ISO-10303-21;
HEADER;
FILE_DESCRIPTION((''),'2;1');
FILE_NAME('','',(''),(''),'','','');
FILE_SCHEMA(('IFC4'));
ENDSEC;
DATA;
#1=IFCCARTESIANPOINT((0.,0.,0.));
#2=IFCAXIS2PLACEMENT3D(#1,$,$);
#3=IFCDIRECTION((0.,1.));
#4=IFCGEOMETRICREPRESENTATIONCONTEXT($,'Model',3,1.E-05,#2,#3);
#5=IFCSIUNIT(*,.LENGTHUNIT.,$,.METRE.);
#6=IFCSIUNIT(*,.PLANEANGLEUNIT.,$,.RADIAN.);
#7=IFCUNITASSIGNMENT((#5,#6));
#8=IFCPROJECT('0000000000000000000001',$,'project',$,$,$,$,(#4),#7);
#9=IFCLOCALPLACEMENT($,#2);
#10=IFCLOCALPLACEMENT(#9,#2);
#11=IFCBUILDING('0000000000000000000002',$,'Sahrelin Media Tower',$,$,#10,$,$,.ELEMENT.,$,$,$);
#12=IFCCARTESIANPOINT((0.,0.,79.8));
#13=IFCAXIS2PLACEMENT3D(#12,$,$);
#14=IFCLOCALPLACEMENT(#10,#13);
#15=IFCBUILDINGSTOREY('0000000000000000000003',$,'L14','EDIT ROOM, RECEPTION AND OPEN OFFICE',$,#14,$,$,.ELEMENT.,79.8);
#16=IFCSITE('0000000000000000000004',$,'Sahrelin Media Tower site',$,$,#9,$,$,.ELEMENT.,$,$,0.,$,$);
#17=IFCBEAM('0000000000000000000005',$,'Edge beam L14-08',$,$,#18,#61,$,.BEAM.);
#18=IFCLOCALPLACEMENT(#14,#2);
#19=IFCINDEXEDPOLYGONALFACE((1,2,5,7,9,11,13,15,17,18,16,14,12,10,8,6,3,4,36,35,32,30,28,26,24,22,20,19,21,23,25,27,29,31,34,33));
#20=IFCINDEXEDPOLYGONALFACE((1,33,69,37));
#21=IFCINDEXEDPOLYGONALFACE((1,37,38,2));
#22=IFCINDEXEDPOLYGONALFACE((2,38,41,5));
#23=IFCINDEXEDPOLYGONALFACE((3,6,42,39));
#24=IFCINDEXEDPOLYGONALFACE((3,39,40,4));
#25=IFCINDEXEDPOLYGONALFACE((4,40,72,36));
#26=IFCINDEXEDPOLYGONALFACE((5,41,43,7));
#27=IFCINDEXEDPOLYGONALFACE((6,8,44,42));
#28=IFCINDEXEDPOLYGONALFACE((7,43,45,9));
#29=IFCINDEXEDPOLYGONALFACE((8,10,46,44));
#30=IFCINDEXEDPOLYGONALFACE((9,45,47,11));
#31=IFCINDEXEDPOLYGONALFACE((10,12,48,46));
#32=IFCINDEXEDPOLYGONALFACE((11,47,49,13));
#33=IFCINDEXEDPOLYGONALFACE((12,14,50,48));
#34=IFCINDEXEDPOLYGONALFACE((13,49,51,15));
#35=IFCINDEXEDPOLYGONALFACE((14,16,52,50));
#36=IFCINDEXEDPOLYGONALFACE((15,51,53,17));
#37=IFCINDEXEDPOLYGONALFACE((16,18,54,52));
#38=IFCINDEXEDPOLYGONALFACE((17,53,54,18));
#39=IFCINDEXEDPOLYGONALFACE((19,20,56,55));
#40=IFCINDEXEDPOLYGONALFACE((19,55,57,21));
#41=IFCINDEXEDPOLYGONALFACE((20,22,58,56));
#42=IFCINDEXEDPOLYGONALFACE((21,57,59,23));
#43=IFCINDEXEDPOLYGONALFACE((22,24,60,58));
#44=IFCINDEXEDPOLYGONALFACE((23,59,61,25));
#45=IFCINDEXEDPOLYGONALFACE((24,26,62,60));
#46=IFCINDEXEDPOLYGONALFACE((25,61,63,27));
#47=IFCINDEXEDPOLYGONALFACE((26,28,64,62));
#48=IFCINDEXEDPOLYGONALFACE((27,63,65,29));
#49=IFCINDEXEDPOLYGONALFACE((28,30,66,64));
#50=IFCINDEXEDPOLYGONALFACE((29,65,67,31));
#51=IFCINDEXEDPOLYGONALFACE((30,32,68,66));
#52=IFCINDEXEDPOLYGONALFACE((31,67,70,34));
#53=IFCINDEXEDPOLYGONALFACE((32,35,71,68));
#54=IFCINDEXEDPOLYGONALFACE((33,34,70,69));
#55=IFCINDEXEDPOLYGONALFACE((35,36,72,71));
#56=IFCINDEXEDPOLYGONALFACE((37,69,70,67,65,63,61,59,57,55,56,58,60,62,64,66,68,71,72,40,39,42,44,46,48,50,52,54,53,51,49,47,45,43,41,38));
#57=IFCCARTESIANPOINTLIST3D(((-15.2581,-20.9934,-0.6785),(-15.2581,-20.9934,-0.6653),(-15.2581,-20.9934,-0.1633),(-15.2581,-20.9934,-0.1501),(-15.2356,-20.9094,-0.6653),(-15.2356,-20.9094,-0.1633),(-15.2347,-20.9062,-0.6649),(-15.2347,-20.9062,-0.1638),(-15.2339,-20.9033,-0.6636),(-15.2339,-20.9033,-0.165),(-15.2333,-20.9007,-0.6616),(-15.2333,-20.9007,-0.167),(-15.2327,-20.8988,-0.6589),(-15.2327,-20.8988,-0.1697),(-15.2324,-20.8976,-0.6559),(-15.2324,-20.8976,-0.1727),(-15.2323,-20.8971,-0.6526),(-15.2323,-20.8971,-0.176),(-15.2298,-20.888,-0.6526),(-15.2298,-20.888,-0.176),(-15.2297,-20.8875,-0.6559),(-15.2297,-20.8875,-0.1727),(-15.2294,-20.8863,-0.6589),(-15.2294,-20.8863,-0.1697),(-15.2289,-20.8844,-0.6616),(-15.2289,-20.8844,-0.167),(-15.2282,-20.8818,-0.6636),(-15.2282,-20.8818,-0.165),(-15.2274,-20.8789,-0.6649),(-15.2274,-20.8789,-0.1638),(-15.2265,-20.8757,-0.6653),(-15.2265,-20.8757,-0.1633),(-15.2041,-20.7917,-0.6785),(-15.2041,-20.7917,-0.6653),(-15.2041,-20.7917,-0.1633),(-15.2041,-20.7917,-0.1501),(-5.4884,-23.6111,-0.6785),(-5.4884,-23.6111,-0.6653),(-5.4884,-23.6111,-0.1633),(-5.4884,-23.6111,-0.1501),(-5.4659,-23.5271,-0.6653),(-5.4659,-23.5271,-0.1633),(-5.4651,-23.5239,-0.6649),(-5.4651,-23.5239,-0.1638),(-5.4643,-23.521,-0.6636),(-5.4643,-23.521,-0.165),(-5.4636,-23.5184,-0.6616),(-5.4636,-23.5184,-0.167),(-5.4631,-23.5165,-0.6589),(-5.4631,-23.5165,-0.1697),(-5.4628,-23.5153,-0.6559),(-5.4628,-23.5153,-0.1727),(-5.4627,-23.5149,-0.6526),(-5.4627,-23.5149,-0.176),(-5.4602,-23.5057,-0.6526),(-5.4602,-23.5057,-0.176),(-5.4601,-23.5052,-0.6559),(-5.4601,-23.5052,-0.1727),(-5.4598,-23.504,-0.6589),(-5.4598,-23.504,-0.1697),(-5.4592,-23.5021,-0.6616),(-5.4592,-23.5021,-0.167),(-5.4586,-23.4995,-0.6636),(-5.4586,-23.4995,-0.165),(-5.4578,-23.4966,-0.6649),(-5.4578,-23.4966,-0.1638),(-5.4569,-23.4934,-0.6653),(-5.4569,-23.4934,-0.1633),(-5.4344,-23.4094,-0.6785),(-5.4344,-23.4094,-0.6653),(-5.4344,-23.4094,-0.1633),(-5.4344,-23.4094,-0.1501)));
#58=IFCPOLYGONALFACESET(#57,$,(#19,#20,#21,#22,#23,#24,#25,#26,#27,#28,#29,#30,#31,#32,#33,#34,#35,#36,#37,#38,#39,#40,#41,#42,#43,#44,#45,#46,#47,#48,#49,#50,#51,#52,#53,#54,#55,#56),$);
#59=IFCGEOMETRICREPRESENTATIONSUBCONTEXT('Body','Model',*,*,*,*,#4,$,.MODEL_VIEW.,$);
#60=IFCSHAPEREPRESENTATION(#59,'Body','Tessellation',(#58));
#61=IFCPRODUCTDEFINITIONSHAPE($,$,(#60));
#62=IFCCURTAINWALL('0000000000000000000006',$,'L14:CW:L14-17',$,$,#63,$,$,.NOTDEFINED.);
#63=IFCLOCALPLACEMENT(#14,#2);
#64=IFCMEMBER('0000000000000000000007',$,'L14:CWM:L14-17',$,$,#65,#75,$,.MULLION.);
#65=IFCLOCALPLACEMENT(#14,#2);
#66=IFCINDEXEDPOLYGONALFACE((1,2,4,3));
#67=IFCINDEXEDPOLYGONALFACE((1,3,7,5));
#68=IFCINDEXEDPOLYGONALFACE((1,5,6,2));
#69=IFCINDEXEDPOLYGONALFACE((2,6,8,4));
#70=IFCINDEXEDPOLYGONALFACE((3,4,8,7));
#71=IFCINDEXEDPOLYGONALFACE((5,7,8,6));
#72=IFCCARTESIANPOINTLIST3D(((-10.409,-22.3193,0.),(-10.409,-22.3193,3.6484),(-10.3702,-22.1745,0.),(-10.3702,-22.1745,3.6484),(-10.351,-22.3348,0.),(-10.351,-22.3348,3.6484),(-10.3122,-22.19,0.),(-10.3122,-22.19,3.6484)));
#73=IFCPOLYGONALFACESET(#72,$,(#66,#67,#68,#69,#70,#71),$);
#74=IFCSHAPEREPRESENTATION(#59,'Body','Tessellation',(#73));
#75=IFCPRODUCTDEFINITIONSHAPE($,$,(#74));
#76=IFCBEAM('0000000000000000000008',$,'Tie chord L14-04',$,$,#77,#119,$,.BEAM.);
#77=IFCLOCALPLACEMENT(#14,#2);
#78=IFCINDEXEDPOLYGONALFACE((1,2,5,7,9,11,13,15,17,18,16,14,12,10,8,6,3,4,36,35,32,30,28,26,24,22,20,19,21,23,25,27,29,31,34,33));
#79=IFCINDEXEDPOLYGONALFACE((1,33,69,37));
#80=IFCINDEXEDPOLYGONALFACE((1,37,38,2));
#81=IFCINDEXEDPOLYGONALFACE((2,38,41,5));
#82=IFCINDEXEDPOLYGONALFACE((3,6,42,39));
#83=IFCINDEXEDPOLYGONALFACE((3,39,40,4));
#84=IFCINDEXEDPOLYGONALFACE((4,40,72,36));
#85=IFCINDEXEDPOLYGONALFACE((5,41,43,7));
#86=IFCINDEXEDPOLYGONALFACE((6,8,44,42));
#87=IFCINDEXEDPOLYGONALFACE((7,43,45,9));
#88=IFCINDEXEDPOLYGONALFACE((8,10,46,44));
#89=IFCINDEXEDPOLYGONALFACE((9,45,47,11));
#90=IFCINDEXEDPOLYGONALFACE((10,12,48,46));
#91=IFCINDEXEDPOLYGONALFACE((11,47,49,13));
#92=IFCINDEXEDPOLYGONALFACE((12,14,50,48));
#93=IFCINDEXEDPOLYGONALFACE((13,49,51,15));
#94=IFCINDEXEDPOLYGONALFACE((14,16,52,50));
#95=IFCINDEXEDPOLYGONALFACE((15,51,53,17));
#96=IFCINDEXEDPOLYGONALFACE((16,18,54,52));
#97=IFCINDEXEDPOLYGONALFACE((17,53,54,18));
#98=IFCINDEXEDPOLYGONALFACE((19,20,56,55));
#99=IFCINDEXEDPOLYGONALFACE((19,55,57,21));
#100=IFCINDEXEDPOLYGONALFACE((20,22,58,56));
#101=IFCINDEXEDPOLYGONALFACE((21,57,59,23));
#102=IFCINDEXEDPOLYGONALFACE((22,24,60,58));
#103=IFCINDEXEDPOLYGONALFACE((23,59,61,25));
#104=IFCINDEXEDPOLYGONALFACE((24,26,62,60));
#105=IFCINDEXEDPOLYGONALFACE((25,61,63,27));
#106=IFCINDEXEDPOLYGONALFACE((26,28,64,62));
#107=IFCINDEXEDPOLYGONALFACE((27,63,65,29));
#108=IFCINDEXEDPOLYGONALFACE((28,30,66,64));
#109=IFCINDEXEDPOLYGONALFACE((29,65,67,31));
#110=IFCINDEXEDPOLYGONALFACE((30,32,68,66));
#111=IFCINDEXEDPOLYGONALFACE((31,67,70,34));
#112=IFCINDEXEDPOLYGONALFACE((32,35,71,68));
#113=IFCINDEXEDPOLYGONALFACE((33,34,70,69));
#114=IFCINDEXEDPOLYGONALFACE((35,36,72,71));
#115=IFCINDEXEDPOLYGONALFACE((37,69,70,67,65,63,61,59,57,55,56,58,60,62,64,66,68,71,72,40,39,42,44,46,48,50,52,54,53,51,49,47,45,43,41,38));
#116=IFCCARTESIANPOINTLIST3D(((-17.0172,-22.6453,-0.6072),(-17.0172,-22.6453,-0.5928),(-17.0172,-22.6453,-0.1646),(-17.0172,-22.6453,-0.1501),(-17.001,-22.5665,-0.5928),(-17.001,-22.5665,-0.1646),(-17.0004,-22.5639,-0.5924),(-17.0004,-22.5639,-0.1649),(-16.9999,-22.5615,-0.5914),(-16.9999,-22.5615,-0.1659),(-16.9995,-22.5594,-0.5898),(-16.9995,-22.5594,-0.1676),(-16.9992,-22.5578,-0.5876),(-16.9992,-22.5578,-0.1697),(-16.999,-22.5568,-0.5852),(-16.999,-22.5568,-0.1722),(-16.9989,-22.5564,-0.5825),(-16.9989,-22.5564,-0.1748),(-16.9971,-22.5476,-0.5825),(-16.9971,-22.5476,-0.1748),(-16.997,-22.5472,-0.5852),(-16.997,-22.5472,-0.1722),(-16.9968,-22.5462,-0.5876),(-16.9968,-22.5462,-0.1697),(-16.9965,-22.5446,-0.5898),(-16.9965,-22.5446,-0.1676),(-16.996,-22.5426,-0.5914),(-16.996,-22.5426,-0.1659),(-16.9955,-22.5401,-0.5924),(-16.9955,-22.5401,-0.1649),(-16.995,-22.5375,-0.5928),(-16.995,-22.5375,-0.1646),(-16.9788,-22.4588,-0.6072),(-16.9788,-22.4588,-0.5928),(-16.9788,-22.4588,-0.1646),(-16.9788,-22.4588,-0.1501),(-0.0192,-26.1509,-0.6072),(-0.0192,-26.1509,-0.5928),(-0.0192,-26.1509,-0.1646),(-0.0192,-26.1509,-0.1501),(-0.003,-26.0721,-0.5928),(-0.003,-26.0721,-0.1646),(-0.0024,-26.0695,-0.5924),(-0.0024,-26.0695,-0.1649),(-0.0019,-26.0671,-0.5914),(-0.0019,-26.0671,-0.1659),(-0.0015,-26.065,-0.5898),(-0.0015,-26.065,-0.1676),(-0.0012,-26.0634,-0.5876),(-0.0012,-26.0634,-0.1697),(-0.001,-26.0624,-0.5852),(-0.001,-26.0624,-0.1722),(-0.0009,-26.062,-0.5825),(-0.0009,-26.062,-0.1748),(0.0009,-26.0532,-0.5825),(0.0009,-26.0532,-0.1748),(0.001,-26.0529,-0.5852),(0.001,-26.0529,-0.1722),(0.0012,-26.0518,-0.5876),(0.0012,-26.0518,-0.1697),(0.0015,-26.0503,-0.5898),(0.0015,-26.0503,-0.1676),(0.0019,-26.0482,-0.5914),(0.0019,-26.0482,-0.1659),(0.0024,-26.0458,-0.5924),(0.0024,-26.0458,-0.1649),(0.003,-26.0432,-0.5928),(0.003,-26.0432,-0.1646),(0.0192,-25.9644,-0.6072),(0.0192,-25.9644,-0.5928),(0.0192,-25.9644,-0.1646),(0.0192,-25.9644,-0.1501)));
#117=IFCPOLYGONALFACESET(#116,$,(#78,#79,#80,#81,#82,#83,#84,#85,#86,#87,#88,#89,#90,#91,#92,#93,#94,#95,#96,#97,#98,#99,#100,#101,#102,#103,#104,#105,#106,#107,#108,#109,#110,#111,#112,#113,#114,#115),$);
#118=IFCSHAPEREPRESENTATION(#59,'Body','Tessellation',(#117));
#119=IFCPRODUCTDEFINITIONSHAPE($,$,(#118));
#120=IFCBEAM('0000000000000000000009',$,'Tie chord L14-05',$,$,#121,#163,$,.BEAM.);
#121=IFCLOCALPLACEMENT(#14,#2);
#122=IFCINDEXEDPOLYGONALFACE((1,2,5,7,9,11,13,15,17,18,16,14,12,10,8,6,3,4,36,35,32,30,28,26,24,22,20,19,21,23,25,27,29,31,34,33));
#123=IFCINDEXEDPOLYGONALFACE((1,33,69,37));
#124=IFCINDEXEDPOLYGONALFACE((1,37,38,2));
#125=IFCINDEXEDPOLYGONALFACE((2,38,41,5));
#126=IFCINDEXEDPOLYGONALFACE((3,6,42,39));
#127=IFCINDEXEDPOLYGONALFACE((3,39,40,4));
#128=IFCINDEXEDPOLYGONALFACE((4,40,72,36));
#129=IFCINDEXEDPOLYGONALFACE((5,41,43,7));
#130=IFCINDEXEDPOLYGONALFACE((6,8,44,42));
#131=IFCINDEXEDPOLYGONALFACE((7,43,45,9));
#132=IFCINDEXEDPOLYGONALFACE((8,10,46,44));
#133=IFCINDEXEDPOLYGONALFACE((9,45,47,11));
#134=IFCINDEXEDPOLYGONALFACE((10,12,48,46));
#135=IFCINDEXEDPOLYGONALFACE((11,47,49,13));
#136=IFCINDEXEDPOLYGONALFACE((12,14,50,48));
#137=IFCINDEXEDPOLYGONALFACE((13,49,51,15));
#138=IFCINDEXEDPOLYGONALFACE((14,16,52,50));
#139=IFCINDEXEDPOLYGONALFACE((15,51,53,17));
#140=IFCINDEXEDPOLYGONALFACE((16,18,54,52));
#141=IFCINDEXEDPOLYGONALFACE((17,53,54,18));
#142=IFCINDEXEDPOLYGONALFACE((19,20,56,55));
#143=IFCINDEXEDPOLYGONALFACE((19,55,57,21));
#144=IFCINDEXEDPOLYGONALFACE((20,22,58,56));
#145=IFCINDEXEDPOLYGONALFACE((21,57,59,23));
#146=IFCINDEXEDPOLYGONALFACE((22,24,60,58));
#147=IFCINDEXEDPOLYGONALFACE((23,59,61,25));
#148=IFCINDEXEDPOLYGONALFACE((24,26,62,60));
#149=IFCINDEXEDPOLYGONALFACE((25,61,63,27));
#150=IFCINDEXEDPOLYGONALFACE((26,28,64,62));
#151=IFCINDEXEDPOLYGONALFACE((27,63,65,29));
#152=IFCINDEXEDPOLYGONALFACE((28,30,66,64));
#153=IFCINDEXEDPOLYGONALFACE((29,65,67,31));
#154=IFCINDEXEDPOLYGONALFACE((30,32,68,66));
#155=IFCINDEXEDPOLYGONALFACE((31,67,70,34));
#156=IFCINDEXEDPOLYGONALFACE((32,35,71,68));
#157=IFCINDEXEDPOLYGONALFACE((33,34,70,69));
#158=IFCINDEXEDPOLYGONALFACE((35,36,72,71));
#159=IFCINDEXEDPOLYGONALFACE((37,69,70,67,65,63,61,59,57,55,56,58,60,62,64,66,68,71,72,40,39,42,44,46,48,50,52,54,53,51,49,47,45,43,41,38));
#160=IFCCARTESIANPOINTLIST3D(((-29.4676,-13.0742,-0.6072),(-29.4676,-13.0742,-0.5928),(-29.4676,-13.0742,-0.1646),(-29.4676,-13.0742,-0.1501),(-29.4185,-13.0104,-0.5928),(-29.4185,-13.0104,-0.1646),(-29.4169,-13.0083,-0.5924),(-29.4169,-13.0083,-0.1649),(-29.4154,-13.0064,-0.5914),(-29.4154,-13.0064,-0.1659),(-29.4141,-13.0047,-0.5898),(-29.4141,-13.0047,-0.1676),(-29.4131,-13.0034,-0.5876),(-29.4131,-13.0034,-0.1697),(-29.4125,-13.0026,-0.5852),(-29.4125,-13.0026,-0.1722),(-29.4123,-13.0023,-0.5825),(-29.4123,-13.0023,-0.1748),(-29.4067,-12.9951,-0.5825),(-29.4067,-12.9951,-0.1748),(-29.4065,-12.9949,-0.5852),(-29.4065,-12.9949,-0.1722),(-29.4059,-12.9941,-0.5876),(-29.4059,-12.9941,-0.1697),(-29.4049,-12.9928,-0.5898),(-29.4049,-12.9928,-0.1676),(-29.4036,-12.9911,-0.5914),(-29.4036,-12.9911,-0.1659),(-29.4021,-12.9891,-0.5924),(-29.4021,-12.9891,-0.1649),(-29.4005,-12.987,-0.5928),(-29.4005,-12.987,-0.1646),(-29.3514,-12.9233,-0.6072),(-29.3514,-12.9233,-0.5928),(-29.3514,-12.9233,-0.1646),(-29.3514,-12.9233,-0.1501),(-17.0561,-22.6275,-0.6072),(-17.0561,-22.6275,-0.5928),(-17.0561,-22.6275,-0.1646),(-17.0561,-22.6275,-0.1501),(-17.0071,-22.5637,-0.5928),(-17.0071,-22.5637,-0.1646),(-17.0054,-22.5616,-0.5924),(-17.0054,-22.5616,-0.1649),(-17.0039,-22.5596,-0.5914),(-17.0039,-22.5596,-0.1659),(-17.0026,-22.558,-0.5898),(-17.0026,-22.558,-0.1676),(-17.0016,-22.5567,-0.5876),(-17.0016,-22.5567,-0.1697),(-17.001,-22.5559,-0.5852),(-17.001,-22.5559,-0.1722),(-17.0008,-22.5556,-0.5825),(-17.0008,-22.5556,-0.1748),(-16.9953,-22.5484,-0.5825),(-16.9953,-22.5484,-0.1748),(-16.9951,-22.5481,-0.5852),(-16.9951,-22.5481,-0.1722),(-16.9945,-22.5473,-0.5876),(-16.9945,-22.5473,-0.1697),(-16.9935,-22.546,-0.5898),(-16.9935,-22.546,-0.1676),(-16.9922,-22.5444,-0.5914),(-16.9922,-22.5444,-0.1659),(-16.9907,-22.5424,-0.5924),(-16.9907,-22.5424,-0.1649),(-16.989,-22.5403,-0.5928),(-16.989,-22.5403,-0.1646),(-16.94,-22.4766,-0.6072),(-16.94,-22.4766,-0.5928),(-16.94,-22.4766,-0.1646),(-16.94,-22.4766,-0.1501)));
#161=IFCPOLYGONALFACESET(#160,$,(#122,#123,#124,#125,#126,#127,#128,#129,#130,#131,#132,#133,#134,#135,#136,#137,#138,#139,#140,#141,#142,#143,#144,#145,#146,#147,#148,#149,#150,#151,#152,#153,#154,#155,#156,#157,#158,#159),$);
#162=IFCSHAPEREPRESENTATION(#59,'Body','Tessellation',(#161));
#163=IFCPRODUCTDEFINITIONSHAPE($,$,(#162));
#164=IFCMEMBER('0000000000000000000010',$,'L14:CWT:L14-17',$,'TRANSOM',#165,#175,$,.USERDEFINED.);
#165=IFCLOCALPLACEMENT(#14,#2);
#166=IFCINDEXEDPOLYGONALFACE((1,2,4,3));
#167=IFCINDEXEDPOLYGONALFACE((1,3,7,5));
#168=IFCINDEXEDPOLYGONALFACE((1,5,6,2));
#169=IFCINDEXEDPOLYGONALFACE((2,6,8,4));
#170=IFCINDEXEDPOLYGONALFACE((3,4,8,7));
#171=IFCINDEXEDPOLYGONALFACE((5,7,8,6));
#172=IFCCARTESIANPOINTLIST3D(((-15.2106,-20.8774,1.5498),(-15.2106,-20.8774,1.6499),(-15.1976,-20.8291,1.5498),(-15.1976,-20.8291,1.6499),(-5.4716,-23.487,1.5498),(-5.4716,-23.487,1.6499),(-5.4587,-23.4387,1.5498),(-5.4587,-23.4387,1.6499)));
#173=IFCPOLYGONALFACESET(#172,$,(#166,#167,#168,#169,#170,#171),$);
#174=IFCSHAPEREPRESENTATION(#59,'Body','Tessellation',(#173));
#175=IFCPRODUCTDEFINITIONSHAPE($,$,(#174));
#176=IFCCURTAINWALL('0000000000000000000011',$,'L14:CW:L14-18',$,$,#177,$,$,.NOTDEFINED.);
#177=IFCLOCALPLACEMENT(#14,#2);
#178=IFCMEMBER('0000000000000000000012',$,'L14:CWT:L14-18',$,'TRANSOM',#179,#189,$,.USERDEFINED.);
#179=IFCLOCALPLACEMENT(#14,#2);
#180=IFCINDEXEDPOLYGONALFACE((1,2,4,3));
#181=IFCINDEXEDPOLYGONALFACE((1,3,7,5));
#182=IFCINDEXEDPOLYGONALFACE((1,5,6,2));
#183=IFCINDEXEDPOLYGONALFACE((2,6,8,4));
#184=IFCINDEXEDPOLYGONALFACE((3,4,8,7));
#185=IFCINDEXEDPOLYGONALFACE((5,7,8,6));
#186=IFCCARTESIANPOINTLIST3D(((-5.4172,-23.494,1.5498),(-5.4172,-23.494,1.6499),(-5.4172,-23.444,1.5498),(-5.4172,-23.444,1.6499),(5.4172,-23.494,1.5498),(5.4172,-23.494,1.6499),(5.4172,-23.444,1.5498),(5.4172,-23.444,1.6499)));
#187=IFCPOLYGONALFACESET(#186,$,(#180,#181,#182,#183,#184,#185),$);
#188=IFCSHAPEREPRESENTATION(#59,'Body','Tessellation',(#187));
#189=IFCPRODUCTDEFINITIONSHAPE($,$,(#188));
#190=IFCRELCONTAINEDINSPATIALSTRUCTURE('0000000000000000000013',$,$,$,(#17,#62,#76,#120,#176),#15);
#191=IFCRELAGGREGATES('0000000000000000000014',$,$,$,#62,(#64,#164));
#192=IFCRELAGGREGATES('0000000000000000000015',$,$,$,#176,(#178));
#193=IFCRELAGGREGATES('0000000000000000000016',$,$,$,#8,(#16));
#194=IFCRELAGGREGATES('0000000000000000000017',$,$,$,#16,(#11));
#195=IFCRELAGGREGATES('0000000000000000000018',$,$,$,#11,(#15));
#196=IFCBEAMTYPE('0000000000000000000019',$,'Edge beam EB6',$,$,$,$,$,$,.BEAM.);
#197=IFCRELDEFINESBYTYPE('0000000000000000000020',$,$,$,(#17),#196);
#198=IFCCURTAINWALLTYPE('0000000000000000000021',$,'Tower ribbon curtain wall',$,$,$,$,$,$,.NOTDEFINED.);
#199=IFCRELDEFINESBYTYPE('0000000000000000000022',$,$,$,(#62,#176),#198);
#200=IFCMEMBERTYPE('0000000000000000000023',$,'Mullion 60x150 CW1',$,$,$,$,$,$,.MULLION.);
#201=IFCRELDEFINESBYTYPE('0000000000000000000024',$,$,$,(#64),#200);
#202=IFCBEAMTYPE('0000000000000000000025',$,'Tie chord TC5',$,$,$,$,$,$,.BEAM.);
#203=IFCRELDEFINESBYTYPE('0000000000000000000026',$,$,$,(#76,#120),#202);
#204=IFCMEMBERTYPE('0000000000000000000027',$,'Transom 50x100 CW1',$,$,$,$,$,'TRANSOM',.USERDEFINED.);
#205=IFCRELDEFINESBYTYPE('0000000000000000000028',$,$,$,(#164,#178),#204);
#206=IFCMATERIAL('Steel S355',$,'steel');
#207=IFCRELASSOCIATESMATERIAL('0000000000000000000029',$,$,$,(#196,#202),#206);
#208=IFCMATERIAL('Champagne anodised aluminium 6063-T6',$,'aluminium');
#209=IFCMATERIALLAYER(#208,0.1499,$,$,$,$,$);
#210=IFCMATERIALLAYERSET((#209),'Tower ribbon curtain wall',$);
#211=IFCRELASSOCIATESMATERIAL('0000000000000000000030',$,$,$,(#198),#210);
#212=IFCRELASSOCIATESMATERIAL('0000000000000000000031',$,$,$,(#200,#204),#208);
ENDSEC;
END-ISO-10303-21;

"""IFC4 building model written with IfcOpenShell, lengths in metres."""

from ifc_helpers import new_model, si_unit, direction, frame, origin, origin_2d, place, context, subcontext, project, spatial, rectangle, i_section, extrude, material, layer, layer_set, material_profile, profile_set, type_object, element, aggregate, save


model = new_model("IFC4")

# Units and contexts
model_context = context("Model", 3, precision=1e-05, world=origin(), true_north=direction((0.0, 1.0)))
body_context = subcontext(model_context, "Body", "Model", "MODEL_VIEW")
ifc_project = project(units=[si_unit("LENGTHUNIT", "METRE"), si_unit("PLANEANGLEUNIT", "RADIAN")], contexts=[model_context])

# Site, building, storey
site_placement = place(None, origin())
site = spatial("IfcSite", under=ifc_project, at=site_placement, Name="Sahrelin Media Tower site", CompositionType="ELEMENT", RefElevation=0.0)
building_placement = place(site_placement, origin())
building = spatial("IfcBuilding", under=site, at=building_placement, Name="Sahrelin Media Tower", CompositionType="ELEMENT")
storey_placement = place(building_placement, frame((0.0, 0.0, 79.8)))
storey = spatial("IfcBuildingStorey", under=building, at=storey_placement, Name="L14", Description="EDIT ROOM, RECEPTION AND OPEN OFFICE", CompositionType="ELEMENT", Elevation=79.8)

# Beam
ifc_material_1 = material(Name="Steel S355", Category="steel")
ifc_material_profile_1 = material_profile(ifc_material_1, i_section(OverallWidth=0.2087, OverallDepth=0.5283, WebThickness=0.0095, FlangeThickness=0.0132, FilletRadius=0.0127, at=origin_2d()), Name="UB 533x210x82")
ifc_profile_set_1 = profile_set([ifc_material_profile_1], Name="Steel S355")
beam_type_1 = type_object("IfcBeamType", Name="Edge beam EB6", PredefinedType="BEAM", material=ifc_profile_set_1)
beam_1_placement = place(storey_placement, frame((-5.4614, -23.5103, -0.4143), z_axis=(-0.965927, 0.258813, 0.0), x_axis=(-0.258813, -0.965927, 0.0)))
element("IfcBeam", 1, at=beam_1_placement, inside=storey, type_object=beam_type_1, Name="Edge beam L14-08", PredefinedType="BEAM", context=body_context, shape_type="SweptSolid", body=[
    extrude(i_section(OverallWidth=0.2087, OverallDepth=0.5283, WebThickness=0.0095, FlangeThickness=0.0132, FilletRadius=0.0127, at=origin_2d()), origin(), (0.0, 0.0, 1.0), 10.1143),
])

# Curtain wall, member
ifc_material_2 = material(Name="Champagne anodised aluminium 6063-T6", Category="aluminium")
ifc_layer_1 = layer(ifc_material_2, 0.1499)
ifc_layer_set_1 = layer_set([ifc_layer_1], Name="Tower ribbon curtain wall")
curtain_wall_type = type_object("IfcCurtainWallType", Name="Tower ribbon curtain wall", PredefinedType="NOTDEFINED", material=ifc_layer_set_1)
curtain_wall_1_placement = place(storey_placement, frame((-10.385, -22.3464, 0.0), z_axis=(0.0, 0.0, 1.0), x_axis=(1.0, 0.0, 0.0)))
curtain_wall_1 = element("IfcCurtainWall", 2, at=curtain_wall_1_placement, inside=storey, type_object=curtain_wall_type, Name="L14:CW:L14-17", PredefinedType="NOTDEFINED")
ifc_material_profile_2 = material_profile(ifc_material_2, rectangle(XDim=0.0601, YDim=0.1499, at=origin_2d()), Name="Mullion 60x150")
ifc_profile_set_2 = profile_set([ifc_material_profile_2], Name="Champagne anodised aluminium 6063-T6")
member_type_1 = type_object("IfcMemberType", Name="Mullion 60x150 CW1", PredefinedType="MULLION", material=ifc_profile_set_2)
member_1_placement = place(storey_placement, frame((-10.3606, -22.2546, 0.0), z_axis=(0.0, 0.0, 1.0), x_axis=(0.965925, -0.258822, 0.0)))
member_1 = element("IfcMember", 3, at=member_1_placement, type_object=member_type_1, Name="L14:CWM:L14-17", PredefinedType="MULLION", context=body_context, shape_type="SweptSolid", body=[
    extrude(rectangle(XDim=0.0601, YDim=0.1499, at=origin_2d()), origin(), (0.0, 0.0, 1.0), 3.6484),
])

# Beams
ifc_material_profile_3 = material_profile(ifc_material_1, i_section(OverallWidth=0.1904, OverallDepth=0.457, WebThickness=0.009, FlangeThickness=0.0144, FilletRadius=0.0103, at=origin_2d()), Name="UB 457x191x74")
ifc_profile_set_3 = profile_set([ifc_material_profile_3], Name="Steel S355")
beam_type_2 = type_object("IfcBeamType", Name="Tie chord TC5", PredefinedType="BEAM", material=ifc_profile_set_3)
beam_2_placement = place(storey_placement, frame((0.0, -26.0576, -0.3787), z_axis=(-0.979389, 0.201986, 0.0), x_axis=(-0.201986, -0.979389, 0.0)))
element("IfcBeam", 4, at=beam_2_placement, inside=storey, type_object=beam_type_2, Name="Tie chord L14-04", PredefinedType="BEAM", context=body_context, shape_type="SweptSolid", body=[
    extrude(i_section(OverallWidth=0.1904, OverallDepth=0.457, WebThickness=0.009, FlangeThickness=0.0144, FilletRadius=0.0103, at=origin_2d()), origin(), (0.0, 0.0, 1.0), 17.3557),
])
beam_3_placement = place(storey_placement, frame((-16.998, -22.552, -0.3787), z_axis=(-0.792439, 0.609952, 0.0), x_axis=(-0.609952, -0.792439, 0.0)))
element("IfcBeam", 5, at=beam_3_placement, inside=storey, type_object=beam_type_2, Name="Tie chord L14-05", PredefinedType="BEAM", context=body_context, shape_type="SweptSolid", body=[
    extrude(i_section(OverallWidth=0.1904, OverallDepth=0.457, WebThickness=0.009, FlangeThickness=0.0144, FilletRadius=0.0103, at=origin_2d()), origin(), (0.0, 0.0, 1.0), 15.6624),
])

# Member
ifc_material_profile_4 = material_profile(ifc_material_2, rectangle(XDim=0.05, YDim=0.1001, at=origin_2d()), Name="Transom 50x100")
ifc_profile_set_4 = profile_set([ifc_material_profile_4], Name="Champagne anodised aluminium 6063-T6")
member_type_2 = type_object("IfcMemberType", Name="Transom 50x100 CW1", ElementType="TRANSOM", PredefinedType="USERDEFINED", material=ifc_profile_set_4)
member_2_placement = place(storey_placement, frame((-15.2041, -20.8533, 1.5999), z_axis=(0.965924, -0.258824, 0.0), x_axis=(0.258824, 0.965924, 0.0)))
member_2 = element("IfcMember", 6, at=member_2_placement, type_object=member_type_2, Name="L14:CWT:L14-17", ObjectType="TRANSOM", PredefinedType="USERDEFINED", context=body_context, shape_type="SweptSolid", body=[
    extrude(rectangle(XDim=0.05, YDim=0.1001, at=origin_2d()), origin(), (0.0, 0.0, 1.0), 10.0825),
])

# Curtain wall, member
curtain_wall_2_placement = place(storey_placement, frame((0.0, -23.6641, 0.0), z_axis=(0.0, 0.0, 1.0), x_axis=(1.0, 0.0, 0.0)))
curtain_wall_2 = element("IfcCurtainWall", 7, at=curtain_wall_2_placement, inside=storey, type_object=curtain_wall_type, Name="L14:CW:L14-18", PredefinedType="NOTDEFINED")
member_3_placement = place(storey_placement, frame((-5.4172, -23.469, 1.5999), z_axis=(1.0, 0.0, 0.0), x_axis=(0.0, 1.0, 0.0)))
member_3 = element("IfcMember", 8, at=member_3_placement, type_object=member_type_2, Name="L14:CWT:L14-18", ObjectType="TRANSOM", PredefinedType="USERDEFINED", context=body_context, shape_type="SweptSolid", body=[
    extrude(rectangle(XDim=0.05, YDim=0.1001, at=origin_2d()), origin(), (0.0, 0.0, 1.0), 10.8345),
])

aggregate(curtain_wall_1, [member_1, member_2])
aggregate(curtain_wall_2, [member_3])

save(model, "model.ifc")
